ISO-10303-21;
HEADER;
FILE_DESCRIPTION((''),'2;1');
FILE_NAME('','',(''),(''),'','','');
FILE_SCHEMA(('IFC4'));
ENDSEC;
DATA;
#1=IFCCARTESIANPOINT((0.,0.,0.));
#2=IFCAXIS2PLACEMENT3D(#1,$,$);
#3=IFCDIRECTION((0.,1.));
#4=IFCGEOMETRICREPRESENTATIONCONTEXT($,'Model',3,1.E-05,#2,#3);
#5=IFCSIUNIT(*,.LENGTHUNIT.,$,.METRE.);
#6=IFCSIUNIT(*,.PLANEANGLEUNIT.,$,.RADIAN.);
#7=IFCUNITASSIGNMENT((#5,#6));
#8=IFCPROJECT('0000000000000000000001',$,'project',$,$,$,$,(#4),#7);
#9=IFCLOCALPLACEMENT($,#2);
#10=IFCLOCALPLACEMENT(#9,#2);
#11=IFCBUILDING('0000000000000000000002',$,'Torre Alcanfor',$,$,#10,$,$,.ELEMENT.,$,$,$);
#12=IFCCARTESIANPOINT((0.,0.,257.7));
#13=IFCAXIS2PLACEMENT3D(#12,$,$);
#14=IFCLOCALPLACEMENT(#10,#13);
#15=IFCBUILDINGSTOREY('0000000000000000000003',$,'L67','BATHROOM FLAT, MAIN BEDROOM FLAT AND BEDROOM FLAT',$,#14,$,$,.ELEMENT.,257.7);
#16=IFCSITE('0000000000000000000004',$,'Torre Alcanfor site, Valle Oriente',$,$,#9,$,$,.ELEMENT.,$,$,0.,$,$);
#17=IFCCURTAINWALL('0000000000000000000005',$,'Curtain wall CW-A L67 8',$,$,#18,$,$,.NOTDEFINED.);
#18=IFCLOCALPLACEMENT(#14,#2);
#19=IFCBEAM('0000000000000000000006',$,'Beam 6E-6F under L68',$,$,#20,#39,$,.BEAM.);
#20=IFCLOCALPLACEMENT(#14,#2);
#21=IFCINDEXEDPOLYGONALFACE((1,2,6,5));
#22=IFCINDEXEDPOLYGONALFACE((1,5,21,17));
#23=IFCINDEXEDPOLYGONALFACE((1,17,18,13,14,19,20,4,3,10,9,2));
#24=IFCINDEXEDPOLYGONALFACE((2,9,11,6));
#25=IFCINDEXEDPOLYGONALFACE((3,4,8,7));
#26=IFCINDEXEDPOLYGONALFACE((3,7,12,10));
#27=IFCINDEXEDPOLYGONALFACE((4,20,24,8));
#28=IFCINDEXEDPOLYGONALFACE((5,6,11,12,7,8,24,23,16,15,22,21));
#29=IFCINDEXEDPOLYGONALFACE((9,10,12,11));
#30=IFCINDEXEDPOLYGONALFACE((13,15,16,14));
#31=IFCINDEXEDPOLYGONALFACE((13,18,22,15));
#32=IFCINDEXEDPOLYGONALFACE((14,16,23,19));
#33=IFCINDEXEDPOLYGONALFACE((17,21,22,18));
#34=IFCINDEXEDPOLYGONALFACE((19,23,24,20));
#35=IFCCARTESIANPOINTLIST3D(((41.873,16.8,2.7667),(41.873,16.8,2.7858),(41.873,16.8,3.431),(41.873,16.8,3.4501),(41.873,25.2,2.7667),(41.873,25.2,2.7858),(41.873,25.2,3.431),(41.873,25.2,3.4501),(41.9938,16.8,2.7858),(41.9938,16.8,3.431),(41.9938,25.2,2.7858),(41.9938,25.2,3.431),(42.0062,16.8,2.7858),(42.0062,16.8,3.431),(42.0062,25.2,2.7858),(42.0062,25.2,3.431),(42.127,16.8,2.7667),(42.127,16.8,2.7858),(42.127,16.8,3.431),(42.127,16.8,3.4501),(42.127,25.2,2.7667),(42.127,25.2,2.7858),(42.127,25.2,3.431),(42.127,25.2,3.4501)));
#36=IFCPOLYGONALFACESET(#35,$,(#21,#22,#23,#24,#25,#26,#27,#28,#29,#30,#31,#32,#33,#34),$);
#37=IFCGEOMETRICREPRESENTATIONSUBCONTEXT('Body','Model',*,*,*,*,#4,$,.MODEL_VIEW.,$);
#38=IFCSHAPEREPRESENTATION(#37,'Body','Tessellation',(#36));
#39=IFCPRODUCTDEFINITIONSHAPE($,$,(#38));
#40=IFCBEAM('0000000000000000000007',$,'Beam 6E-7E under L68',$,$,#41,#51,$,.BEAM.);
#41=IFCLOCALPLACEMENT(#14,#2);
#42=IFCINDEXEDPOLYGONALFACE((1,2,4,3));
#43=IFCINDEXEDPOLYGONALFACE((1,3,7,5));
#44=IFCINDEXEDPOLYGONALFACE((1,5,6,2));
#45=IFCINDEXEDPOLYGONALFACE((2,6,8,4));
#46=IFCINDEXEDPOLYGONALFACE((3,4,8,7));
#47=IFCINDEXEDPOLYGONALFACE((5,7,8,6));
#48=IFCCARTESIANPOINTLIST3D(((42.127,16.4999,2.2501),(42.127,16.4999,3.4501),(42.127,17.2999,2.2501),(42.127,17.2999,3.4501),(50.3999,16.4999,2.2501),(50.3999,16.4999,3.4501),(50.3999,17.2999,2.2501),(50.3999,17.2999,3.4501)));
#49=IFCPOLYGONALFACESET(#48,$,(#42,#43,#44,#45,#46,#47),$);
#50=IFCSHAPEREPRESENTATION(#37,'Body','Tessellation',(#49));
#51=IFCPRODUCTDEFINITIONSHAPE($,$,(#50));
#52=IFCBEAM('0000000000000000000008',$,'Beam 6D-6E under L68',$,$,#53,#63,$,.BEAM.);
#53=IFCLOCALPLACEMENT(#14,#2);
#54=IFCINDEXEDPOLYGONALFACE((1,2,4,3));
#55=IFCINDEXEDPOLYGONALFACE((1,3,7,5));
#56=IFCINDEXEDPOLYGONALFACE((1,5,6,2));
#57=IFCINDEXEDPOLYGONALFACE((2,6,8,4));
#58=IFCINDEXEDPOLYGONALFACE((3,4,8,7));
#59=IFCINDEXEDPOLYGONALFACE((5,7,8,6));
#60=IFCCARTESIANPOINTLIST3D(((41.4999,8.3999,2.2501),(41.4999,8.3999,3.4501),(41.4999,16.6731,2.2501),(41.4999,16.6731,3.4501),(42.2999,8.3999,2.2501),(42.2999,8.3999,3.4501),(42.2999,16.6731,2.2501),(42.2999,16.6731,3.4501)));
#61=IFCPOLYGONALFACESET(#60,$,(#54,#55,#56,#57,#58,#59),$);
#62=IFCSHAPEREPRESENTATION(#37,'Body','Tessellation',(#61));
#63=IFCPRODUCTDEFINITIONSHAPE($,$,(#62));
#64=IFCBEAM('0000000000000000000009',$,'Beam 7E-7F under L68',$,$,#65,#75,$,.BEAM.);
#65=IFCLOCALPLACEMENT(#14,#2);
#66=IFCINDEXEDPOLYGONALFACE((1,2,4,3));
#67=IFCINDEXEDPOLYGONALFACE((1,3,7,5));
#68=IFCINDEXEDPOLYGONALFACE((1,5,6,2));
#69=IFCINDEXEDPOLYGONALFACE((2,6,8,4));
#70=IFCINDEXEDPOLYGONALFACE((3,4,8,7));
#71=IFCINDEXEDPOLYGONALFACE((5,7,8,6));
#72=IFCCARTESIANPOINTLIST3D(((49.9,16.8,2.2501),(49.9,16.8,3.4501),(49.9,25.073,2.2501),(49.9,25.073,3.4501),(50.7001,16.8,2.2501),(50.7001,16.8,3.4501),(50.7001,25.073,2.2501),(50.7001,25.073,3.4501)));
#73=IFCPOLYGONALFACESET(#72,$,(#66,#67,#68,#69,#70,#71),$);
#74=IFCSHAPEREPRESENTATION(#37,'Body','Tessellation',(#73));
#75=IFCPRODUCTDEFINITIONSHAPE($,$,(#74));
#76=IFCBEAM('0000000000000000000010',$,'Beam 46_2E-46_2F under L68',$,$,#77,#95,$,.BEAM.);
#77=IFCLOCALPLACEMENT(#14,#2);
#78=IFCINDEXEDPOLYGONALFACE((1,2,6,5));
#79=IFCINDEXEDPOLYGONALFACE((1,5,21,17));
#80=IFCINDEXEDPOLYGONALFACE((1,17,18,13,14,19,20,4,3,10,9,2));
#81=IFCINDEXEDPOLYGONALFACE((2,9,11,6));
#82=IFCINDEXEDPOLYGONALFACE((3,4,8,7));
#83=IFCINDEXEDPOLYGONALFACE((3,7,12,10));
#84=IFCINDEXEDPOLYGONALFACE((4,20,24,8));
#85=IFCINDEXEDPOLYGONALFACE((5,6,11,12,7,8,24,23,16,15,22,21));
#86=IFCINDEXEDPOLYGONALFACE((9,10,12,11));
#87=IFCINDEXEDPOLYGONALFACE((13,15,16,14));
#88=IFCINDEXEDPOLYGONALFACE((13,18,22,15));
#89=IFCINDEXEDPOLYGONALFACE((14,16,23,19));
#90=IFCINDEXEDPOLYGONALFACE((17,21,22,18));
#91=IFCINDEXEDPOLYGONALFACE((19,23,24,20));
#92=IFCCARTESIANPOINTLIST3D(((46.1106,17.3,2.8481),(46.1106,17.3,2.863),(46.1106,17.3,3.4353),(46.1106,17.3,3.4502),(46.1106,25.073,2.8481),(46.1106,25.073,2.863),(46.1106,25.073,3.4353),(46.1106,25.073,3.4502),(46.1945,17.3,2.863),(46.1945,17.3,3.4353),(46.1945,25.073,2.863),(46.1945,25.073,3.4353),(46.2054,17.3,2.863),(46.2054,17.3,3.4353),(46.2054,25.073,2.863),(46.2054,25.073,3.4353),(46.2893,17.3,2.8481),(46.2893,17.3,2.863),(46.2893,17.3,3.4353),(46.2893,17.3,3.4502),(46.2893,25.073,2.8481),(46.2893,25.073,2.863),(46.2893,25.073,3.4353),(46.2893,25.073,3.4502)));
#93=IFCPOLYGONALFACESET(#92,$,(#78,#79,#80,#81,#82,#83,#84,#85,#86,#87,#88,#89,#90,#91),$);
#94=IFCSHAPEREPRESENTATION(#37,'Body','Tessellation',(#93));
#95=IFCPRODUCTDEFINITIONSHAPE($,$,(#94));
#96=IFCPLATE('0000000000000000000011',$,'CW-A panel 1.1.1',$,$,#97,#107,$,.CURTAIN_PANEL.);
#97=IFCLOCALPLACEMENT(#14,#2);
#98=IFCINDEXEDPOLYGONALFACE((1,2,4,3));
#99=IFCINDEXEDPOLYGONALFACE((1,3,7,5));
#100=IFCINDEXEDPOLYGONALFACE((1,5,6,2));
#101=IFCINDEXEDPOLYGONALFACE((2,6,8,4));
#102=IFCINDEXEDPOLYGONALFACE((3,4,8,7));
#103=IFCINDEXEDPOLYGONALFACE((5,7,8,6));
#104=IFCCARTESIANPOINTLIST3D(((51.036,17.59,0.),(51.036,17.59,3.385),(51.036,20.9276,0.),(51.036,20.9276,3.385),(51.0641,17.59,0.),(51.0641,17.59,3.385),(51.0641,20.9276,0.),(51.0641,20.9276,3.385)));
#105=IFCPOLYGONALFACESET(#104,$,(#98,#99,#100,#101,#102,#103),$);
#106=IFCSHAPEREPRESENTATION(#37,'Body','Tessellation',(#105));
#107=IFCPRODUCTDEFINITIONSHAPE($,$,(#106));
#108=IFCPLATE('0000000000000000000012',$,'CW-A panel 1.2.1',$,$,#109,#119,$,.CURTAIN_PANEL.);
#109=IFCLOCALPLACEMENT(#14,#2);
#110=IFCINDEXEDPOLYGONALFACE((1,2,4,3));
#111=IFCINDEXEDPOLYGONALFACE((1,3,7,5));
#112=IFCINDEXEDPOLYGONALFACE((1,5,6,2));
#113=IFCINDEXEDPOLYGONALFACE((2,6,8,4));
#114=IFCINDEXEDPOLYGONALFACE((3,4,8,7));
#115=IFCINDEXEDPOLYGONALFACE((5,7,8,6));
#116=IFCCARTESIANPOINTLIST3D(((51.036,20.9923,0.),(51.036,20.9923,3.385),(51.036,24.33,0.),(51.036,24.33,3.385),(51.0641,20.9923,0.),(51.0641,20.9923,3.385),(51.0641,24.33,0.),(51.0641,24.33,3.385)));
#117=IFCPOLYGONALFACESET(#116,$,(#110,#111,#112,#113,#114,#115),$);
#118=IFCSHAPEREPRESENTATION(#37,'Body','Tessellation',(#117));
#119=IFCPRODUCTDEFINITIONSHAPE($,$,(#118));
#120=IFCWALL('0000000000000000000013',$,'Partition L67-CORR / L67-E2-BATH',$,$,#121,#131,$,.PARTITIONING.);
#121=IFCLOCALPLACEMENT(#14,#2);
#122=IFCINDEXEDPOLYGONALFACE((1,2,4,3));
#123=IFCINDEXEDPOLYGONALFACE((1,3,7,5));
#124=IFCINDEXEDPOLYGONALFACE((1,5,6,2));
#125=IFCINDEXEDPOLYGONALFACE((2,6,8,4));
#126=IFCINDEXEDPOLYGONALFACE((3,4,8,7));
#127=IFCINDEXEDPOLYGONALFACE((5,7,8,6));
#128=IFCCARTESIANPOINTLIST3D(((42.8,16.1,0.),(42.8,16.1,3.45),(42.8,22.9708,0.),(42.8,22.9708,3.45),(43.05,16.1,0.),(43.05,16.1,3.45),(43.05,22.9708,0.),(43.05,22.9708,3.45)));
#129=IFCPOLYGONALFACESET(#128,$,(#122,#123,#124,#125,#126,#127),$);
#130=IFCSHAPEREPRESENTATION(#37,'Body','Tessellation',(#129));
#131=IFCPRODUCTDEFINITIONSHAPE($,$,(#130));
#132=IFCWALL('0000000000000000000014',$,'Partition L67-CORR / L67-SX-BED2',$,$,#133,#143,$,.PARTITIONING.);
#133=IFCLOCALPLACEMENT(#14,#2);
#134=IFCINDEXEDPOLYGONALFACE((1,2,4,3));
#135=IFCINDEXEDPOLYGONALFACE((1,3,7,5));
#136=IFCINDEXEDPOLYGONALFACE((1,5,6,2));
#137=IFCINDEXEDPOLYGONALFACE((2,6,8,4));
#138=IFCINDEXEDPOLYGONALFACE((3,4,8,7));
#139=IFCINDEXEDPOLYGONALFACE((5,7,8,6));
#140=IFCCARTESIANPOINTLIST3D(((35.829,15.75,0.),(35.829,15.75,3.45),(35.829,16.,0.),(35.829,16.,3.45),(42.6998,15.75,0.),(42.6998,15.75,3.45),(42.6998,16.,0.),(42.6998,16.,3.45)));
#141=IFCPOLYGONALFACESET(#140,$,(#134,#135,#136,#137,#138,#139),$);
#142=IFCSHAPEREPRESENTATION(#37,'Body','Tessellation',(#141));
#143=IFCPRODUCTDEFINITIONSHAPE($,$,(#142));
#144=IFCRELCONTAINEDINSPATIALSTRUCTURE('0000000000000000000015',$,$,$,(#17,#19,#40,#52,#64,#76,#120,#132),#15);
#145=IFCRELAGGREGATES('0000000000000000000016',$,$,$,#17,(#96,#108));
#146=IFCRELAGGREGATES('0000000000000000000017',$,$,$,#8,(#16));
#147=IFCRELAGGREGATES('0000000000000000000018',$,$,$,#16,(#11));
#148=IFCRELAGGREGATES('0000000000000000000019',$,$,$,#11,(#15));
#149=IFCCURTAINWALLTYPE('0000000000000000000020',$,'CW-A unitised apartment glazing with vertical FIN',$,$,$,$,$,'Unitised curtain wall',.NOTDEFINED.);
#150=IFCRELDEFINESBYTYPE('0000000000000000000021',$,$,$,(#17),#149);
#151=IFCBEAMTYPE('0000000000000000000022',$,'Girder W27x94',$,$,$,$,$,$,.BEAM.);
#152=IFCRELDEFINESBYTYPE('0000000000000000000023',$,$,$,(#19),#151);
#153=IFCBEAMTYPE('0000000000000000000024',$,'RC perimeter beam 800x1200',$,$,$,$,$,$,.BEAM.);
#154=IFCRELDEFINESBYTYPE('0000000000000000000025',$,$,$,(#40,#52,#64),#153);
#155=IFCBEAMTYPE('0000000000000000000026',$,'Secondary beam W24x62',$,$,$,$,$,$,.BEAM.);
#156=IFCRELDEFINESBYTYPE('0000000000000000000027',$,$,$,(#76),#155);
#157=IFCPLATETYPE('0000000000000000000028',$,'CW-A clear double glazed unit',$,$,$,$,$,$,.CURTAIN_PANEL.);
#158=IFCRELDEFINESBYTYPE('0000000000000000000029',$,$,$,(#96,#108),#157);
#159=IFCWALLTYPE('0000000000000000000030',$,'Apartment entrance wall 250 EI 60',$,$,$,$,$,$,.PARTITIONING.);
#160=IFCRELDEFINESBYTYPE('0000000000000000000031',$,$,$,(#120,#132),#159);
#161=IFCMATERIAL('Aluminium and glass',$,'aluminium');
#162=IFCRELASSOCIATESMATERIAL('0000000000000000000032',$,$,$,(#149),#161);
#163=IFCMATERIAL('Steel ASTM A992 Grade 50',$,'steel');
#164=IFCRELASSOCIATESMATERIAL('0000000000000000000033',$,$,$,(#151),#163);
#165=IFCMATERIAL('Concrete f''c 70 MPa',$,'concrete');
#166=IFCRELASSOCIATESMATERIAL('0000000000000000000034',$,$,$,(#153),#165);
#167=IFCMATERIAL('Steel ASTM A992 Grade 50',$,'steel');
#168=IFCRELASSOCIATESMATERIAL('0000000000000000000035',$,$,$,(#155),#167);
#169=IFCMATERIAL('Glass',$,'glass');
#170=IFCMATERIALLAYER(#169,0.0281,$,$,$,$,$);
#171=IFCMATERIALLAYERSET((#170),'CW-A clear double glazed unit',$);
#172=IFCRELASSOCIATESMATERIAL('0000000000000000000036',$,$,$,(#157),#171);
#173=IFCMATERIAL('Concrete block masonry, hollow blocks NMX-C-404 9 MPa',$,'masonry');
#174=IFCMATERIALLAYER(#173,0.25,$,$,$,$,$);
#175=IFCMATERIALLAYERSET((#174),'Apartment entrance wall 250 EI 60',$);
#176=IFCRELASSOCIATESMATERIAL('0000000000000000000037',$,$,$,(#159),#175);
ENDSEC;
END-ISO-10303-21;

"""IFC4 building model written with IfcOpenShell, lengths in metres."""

from ifc_helpers import new_model, si_unit, direction, frame, frame_2d, origin, origin_2d, place, context, subcontext, project, spatial, rectangle, i_section, extrude, material, layer, layer_set, material_profile, profile_set, type_object, element, aggregate, save


model = new_model("IFC4")

# Units and contexts
model_context = context("Model", 3, precision=1e-05, world=origin(), true_north=direction((0.0, 1.0)))
body_context = subcontext(model_context, "Body", "Model", "MODEL_VIEW")
ifc_project = project(units=[si_unit("LENGTHUNIT", "METRE"), si_unit("PLANEANGLEUNIT", "RADIAN")], contexts=[model_context])

# Site, building, storey
site_placement = place(None, origin())
site = spatial("IfcSite", under=ifc_project, at=site_placement, Name="Torre Alcanfor site, Valle Oriente", CompositionType="ELEMENT", RefElevation=0.0)
building_placement = place(site_placement, origin())
building = spatial("IfcBuilding", under=site, at=building_placement, Name="Torre Alcanfor", CompositionType="ELEMENT")
storey_placement = place(building_placement, frame((0.0, 0.0, 257.7)))
storey = spatial("IfcBuildingStorey", under=building, at=storey_placement, Name="L67", Description="BATHROOM FLAT, MAIN BEDROOM FLAT AND BEDROOM FLAT", CompositionType="ELEMENT", Elevation=257.7)

# Shared definitions
ifc_material_1 = material(Name="Aluminium and glass", Category="aluminium")
curtain_wall_type = type_object("IfcCurtainWallType", Name="CW-A unitised apartment glazing with vertical FIN", ElementType="Unitised curtain wall", PredefinedType="NOTDEFINED", material=ifc_material_1)

# Curtain wall
curtain_wall_1_placement = place(storey_placement, origin())
curtain_wall_1 = element("IfcCurtainWall", 1, at=curtain_wall_1_placement, inside=storey, type_object=curtain_wall_type, Name="Curtain wall CW-A L67 8", PredefinedType="NOTDEFINED")

# Beams
ifc_material_2 = material(Name="Steel ASTM A992 Grade 50", Category="steel")
ifc_material_profile_1 = material_profile(ifc_material_2, i_section(OverallWidth=0.2539, OverallDepth=0.6833, WebThickness=0.0125, FlangeThickness=0.019, at=origin_2d()), Name="W27x94")
ifc_profile_set_1 = profile_set([ifc_material_profile_1], Name="Steel ASTM A992 Grade 50")
beam_type_1 = type_object("IfcBeamType", Name="Girder W27x94", PredefinedType="BEAM", material=ifc_profile_set_1)
beam_1_placement = place(storey_placement, frame((42.0, 16.8, 3.1084), z_axis=(0.0, 1.0, 0.0), x_axis=(-1.0, 0.0, 0.0)))
element("IfcBeam", 2, at=beam_1_placement, inside=storey, type_object=beam_type_1, Name="Beam 6E-6F under L68", PredefinedType="BEAM", context=body_context, shape_type="SweptSolid", body=[
    extrude(i_section(OverallWidth=0.2539, OverallDepth=0.6833, WebThickness=0.0125, FlangeThickness=0.019, at=origin_2d()), origin(), (0.0, 0.0, 1.0), 8.3999),
])
ifc_material_3 = material(Name="Concrete f'c 70 MPa", Category="concrete")
ifc_material_profile_2 = material_profile(ifc_material_3, rectangle(XDim=0.8, YDim=1.2, at=origin_2d()), Name="800x1200")
ifc_profile_set_2 = profile_set([ifc_material_profile_2], Name="Concrete f'c 70 MPa")
beam_type_2 = type_object("IfcBeamType", Name="RC perimeter beam 800x1200", PredefinedType="BEAM", material=ifc_profile_set_2)
beam_2_placement = place(storey_placement, frame((42.127, 16.8999, 2.8501), z_axis=(1.0, 0.0, 0.0), x_axis=(0.0, 1.0, 0.0)))
element("IfcBeam", 3, at=beam_2_placement, inside=storey, type_object=beam_type_2, Name="Beam 6E-7E under L68", PredefinedType="BEAM", context=body_context, shape_type="SweptSolid", body=[
    extrude(rectangle(XDim=0.8, YDim=1.2, at=origin_2d()), origin(), (0.0, 0.0, 1.0), 8.2729),
])
beam_3_placement = place(storey_placement, frame((41.8999, 8.3999, 2.8501), z_axis=(0.0, 1.0, 0.0), x_axis=(-1.0, 0.0, 0.0)))
element("IfcBeam", 4, at=beam_3_placement, inside=storey, type_object=beam_type_2, Name="Beam 6D-6E under L68", PredefinedType="BEAM", context=body_context, shape_type="SweptSolid", body=[
    extrude(rectangle(XDim=0.8, YDim=1.2, at=origin_2d()), origin(), (0.0, 0.0, 1.0), 8.2732),
])
beam_4_placement = place(storey_placement, frame((50.3, 16.8, 2.8501), z_axis=(0.0, 1.0, 0.0), x_axis=(-1.0, 0.0, 0.0)))
element("IfcBeam", 5, at=beam_4_placement, inside=storey, type_object=beam_type_2, Name="Beam 7E-7F under L68", PredefinedType="BEAM", context=body_context, shape_type="SweptSolid", body=[
    extrude(rectangle(XDim=0.8, YDim=1.2, at=origin_2d()), origin(), (0.0, 0.0, 1.0), 8.2729),
])
ifc_material_4 = material(Name="Steel ASTM A992 Grade 50", Category="steel")
ifc_material_profile_3 = material_profile(ifc_material_4, i_section(OverallWidth=0.1787, OverallDepth=0.6021, WebThickness=0.011, FlangeThickness=0.0149, at=origin_2d()), Name="W24x62")
ifc_profile_set_3 = profile_set([ifc_material_profile_3], Name="Steel ASTM A992 Grade 50")
beam_type_3 = type_object("IfcBeamType", Name="Secondary beam W24x62", PredefinedType="BEAM", material=ifc_profile_set_3)
beam_5_placement = place(storey_placement, frame((46.2, 17.3, 3.1492), z_axis=(0.0, 1.0, 0.0), x_axis=(-1.0, 0.0, 0.0)))
element("IfcBeam", 6, at=beam_5_placement, inside=storey, type_object=beam_type_3, Name="Beam 46_2E-46_2F under L68", PredefinedType="BEAM", context=body_context, shape_type="SweptSolid", body=[
    extrude(i_section(OverallWidth=0.1787, OverallDepth=0.6021, WebThickness=0.011, FlangeThickness=0.0149, at=origin_2d()), origin(), (0.0, 0.0, 1.0), 7.7729),
])

# Plates
ifc_material_5 = material(Name="Glass", Category="glass")
ifc_layer_1 = layer(ifc_material_5, 0.0281)
ifc_layer_set_1 = layer_set([ifc_layer_1], Name="CW-A clear double glazed unit")
plate_type = type_object("IfcPlateType", Name="CW-A clear double glazed unit", PredefinedType="CURTAIN_PANEL", material=ifc_layer_set_1)
plate_1_placement = place(storey_placement, frame((51.05, 19.2588, 0.0), z_axis=(0.0, 0.0, 1.0), x_axis=(0.0, 1.0, 0.0)))
plate_1 = element("IfcPlate", 7, at=plate_1_placement, type_object=plate_type, Name="CW-A panel 1.1.1", PredefinedType="CURTAIN_PANEL", context=body_context, shape_type="SweptSolid", body=[
    extrude(rectangle(XDim=3.3376, YDim=0.0281, at=origin_2d()), origin(), (0.0, 0.0, 1.0), 3.385),
])
plate_2_placement = place(storey_placement, frame((51.05, 22.6611, 0.0), z_axis=(0.0, 0.0, 1.0), x_axis=(0.0, 1.0, 0.0)))
plate_2 = element("IfcPlate", 8, at=plate_2_placement, type_object=plate_type, Name="CW-A panel 1.2.1", PredefinedType="CURTAIN_PANEL", context=body_context, shape_type="SweptSolid", body=[
    extrude(rectangle(XDim=3.3376, YDim=0.0281, at=origin_2d()), origin(), (0.0, 0.0, 1.0), 3.385),
])
aggregate(curtain_wall_1, [plate_1, plate_2])

# Walls
ifc_material_6 = material(Name="Concrete block masonry, hollow blocks NMX-C-404 9 MPa", Category="masonry")
ifc_layer_2 = layer(ifc_material_6, 0.25)
ifc_layer_set_2 = layer_set([ifc_layer_2], Name="Apartment entrance wall 250 EI 60")
wall_type_1 = type_object("IfcWallType", Name="Apartment entrance wall 250 EI 60", PredefinedType="PARTITIONING", material=ifc_layer_set_2)
for number, where, z_axis, x_axis, name in (
    (9, (42.925, 22.9709, 0.0), (0.0, 0.0, 1.0), (0.0, -1.0, 0.0), "Partition L67-CORR / L67-E2-BATH"),
    (10, (42.7, 15.875, 0.0), (0.0, 0.0, 1.0), (-1.0, 0.0, 0.0), "Partition L67-CORR / L67-SX-BED2"),
):
    element("IfcWall", number, at=place(storey_placement, frame(where, z_axis=z_axis, x_axis=x_axis)), inside=storey, type_object=wall_type_1, Name=name, PredefinedType="PARTITIONING", context=body_context, shape_type="SweptSolid", body=[
        extrude(rectangle(XDim=6.8708, YDim=0.25, at=frame_2d((3.4355, 0.0))), origin(), (0.0, 0.0, 1.0), 3.45),
    ])

save(model, "model.ifc")
